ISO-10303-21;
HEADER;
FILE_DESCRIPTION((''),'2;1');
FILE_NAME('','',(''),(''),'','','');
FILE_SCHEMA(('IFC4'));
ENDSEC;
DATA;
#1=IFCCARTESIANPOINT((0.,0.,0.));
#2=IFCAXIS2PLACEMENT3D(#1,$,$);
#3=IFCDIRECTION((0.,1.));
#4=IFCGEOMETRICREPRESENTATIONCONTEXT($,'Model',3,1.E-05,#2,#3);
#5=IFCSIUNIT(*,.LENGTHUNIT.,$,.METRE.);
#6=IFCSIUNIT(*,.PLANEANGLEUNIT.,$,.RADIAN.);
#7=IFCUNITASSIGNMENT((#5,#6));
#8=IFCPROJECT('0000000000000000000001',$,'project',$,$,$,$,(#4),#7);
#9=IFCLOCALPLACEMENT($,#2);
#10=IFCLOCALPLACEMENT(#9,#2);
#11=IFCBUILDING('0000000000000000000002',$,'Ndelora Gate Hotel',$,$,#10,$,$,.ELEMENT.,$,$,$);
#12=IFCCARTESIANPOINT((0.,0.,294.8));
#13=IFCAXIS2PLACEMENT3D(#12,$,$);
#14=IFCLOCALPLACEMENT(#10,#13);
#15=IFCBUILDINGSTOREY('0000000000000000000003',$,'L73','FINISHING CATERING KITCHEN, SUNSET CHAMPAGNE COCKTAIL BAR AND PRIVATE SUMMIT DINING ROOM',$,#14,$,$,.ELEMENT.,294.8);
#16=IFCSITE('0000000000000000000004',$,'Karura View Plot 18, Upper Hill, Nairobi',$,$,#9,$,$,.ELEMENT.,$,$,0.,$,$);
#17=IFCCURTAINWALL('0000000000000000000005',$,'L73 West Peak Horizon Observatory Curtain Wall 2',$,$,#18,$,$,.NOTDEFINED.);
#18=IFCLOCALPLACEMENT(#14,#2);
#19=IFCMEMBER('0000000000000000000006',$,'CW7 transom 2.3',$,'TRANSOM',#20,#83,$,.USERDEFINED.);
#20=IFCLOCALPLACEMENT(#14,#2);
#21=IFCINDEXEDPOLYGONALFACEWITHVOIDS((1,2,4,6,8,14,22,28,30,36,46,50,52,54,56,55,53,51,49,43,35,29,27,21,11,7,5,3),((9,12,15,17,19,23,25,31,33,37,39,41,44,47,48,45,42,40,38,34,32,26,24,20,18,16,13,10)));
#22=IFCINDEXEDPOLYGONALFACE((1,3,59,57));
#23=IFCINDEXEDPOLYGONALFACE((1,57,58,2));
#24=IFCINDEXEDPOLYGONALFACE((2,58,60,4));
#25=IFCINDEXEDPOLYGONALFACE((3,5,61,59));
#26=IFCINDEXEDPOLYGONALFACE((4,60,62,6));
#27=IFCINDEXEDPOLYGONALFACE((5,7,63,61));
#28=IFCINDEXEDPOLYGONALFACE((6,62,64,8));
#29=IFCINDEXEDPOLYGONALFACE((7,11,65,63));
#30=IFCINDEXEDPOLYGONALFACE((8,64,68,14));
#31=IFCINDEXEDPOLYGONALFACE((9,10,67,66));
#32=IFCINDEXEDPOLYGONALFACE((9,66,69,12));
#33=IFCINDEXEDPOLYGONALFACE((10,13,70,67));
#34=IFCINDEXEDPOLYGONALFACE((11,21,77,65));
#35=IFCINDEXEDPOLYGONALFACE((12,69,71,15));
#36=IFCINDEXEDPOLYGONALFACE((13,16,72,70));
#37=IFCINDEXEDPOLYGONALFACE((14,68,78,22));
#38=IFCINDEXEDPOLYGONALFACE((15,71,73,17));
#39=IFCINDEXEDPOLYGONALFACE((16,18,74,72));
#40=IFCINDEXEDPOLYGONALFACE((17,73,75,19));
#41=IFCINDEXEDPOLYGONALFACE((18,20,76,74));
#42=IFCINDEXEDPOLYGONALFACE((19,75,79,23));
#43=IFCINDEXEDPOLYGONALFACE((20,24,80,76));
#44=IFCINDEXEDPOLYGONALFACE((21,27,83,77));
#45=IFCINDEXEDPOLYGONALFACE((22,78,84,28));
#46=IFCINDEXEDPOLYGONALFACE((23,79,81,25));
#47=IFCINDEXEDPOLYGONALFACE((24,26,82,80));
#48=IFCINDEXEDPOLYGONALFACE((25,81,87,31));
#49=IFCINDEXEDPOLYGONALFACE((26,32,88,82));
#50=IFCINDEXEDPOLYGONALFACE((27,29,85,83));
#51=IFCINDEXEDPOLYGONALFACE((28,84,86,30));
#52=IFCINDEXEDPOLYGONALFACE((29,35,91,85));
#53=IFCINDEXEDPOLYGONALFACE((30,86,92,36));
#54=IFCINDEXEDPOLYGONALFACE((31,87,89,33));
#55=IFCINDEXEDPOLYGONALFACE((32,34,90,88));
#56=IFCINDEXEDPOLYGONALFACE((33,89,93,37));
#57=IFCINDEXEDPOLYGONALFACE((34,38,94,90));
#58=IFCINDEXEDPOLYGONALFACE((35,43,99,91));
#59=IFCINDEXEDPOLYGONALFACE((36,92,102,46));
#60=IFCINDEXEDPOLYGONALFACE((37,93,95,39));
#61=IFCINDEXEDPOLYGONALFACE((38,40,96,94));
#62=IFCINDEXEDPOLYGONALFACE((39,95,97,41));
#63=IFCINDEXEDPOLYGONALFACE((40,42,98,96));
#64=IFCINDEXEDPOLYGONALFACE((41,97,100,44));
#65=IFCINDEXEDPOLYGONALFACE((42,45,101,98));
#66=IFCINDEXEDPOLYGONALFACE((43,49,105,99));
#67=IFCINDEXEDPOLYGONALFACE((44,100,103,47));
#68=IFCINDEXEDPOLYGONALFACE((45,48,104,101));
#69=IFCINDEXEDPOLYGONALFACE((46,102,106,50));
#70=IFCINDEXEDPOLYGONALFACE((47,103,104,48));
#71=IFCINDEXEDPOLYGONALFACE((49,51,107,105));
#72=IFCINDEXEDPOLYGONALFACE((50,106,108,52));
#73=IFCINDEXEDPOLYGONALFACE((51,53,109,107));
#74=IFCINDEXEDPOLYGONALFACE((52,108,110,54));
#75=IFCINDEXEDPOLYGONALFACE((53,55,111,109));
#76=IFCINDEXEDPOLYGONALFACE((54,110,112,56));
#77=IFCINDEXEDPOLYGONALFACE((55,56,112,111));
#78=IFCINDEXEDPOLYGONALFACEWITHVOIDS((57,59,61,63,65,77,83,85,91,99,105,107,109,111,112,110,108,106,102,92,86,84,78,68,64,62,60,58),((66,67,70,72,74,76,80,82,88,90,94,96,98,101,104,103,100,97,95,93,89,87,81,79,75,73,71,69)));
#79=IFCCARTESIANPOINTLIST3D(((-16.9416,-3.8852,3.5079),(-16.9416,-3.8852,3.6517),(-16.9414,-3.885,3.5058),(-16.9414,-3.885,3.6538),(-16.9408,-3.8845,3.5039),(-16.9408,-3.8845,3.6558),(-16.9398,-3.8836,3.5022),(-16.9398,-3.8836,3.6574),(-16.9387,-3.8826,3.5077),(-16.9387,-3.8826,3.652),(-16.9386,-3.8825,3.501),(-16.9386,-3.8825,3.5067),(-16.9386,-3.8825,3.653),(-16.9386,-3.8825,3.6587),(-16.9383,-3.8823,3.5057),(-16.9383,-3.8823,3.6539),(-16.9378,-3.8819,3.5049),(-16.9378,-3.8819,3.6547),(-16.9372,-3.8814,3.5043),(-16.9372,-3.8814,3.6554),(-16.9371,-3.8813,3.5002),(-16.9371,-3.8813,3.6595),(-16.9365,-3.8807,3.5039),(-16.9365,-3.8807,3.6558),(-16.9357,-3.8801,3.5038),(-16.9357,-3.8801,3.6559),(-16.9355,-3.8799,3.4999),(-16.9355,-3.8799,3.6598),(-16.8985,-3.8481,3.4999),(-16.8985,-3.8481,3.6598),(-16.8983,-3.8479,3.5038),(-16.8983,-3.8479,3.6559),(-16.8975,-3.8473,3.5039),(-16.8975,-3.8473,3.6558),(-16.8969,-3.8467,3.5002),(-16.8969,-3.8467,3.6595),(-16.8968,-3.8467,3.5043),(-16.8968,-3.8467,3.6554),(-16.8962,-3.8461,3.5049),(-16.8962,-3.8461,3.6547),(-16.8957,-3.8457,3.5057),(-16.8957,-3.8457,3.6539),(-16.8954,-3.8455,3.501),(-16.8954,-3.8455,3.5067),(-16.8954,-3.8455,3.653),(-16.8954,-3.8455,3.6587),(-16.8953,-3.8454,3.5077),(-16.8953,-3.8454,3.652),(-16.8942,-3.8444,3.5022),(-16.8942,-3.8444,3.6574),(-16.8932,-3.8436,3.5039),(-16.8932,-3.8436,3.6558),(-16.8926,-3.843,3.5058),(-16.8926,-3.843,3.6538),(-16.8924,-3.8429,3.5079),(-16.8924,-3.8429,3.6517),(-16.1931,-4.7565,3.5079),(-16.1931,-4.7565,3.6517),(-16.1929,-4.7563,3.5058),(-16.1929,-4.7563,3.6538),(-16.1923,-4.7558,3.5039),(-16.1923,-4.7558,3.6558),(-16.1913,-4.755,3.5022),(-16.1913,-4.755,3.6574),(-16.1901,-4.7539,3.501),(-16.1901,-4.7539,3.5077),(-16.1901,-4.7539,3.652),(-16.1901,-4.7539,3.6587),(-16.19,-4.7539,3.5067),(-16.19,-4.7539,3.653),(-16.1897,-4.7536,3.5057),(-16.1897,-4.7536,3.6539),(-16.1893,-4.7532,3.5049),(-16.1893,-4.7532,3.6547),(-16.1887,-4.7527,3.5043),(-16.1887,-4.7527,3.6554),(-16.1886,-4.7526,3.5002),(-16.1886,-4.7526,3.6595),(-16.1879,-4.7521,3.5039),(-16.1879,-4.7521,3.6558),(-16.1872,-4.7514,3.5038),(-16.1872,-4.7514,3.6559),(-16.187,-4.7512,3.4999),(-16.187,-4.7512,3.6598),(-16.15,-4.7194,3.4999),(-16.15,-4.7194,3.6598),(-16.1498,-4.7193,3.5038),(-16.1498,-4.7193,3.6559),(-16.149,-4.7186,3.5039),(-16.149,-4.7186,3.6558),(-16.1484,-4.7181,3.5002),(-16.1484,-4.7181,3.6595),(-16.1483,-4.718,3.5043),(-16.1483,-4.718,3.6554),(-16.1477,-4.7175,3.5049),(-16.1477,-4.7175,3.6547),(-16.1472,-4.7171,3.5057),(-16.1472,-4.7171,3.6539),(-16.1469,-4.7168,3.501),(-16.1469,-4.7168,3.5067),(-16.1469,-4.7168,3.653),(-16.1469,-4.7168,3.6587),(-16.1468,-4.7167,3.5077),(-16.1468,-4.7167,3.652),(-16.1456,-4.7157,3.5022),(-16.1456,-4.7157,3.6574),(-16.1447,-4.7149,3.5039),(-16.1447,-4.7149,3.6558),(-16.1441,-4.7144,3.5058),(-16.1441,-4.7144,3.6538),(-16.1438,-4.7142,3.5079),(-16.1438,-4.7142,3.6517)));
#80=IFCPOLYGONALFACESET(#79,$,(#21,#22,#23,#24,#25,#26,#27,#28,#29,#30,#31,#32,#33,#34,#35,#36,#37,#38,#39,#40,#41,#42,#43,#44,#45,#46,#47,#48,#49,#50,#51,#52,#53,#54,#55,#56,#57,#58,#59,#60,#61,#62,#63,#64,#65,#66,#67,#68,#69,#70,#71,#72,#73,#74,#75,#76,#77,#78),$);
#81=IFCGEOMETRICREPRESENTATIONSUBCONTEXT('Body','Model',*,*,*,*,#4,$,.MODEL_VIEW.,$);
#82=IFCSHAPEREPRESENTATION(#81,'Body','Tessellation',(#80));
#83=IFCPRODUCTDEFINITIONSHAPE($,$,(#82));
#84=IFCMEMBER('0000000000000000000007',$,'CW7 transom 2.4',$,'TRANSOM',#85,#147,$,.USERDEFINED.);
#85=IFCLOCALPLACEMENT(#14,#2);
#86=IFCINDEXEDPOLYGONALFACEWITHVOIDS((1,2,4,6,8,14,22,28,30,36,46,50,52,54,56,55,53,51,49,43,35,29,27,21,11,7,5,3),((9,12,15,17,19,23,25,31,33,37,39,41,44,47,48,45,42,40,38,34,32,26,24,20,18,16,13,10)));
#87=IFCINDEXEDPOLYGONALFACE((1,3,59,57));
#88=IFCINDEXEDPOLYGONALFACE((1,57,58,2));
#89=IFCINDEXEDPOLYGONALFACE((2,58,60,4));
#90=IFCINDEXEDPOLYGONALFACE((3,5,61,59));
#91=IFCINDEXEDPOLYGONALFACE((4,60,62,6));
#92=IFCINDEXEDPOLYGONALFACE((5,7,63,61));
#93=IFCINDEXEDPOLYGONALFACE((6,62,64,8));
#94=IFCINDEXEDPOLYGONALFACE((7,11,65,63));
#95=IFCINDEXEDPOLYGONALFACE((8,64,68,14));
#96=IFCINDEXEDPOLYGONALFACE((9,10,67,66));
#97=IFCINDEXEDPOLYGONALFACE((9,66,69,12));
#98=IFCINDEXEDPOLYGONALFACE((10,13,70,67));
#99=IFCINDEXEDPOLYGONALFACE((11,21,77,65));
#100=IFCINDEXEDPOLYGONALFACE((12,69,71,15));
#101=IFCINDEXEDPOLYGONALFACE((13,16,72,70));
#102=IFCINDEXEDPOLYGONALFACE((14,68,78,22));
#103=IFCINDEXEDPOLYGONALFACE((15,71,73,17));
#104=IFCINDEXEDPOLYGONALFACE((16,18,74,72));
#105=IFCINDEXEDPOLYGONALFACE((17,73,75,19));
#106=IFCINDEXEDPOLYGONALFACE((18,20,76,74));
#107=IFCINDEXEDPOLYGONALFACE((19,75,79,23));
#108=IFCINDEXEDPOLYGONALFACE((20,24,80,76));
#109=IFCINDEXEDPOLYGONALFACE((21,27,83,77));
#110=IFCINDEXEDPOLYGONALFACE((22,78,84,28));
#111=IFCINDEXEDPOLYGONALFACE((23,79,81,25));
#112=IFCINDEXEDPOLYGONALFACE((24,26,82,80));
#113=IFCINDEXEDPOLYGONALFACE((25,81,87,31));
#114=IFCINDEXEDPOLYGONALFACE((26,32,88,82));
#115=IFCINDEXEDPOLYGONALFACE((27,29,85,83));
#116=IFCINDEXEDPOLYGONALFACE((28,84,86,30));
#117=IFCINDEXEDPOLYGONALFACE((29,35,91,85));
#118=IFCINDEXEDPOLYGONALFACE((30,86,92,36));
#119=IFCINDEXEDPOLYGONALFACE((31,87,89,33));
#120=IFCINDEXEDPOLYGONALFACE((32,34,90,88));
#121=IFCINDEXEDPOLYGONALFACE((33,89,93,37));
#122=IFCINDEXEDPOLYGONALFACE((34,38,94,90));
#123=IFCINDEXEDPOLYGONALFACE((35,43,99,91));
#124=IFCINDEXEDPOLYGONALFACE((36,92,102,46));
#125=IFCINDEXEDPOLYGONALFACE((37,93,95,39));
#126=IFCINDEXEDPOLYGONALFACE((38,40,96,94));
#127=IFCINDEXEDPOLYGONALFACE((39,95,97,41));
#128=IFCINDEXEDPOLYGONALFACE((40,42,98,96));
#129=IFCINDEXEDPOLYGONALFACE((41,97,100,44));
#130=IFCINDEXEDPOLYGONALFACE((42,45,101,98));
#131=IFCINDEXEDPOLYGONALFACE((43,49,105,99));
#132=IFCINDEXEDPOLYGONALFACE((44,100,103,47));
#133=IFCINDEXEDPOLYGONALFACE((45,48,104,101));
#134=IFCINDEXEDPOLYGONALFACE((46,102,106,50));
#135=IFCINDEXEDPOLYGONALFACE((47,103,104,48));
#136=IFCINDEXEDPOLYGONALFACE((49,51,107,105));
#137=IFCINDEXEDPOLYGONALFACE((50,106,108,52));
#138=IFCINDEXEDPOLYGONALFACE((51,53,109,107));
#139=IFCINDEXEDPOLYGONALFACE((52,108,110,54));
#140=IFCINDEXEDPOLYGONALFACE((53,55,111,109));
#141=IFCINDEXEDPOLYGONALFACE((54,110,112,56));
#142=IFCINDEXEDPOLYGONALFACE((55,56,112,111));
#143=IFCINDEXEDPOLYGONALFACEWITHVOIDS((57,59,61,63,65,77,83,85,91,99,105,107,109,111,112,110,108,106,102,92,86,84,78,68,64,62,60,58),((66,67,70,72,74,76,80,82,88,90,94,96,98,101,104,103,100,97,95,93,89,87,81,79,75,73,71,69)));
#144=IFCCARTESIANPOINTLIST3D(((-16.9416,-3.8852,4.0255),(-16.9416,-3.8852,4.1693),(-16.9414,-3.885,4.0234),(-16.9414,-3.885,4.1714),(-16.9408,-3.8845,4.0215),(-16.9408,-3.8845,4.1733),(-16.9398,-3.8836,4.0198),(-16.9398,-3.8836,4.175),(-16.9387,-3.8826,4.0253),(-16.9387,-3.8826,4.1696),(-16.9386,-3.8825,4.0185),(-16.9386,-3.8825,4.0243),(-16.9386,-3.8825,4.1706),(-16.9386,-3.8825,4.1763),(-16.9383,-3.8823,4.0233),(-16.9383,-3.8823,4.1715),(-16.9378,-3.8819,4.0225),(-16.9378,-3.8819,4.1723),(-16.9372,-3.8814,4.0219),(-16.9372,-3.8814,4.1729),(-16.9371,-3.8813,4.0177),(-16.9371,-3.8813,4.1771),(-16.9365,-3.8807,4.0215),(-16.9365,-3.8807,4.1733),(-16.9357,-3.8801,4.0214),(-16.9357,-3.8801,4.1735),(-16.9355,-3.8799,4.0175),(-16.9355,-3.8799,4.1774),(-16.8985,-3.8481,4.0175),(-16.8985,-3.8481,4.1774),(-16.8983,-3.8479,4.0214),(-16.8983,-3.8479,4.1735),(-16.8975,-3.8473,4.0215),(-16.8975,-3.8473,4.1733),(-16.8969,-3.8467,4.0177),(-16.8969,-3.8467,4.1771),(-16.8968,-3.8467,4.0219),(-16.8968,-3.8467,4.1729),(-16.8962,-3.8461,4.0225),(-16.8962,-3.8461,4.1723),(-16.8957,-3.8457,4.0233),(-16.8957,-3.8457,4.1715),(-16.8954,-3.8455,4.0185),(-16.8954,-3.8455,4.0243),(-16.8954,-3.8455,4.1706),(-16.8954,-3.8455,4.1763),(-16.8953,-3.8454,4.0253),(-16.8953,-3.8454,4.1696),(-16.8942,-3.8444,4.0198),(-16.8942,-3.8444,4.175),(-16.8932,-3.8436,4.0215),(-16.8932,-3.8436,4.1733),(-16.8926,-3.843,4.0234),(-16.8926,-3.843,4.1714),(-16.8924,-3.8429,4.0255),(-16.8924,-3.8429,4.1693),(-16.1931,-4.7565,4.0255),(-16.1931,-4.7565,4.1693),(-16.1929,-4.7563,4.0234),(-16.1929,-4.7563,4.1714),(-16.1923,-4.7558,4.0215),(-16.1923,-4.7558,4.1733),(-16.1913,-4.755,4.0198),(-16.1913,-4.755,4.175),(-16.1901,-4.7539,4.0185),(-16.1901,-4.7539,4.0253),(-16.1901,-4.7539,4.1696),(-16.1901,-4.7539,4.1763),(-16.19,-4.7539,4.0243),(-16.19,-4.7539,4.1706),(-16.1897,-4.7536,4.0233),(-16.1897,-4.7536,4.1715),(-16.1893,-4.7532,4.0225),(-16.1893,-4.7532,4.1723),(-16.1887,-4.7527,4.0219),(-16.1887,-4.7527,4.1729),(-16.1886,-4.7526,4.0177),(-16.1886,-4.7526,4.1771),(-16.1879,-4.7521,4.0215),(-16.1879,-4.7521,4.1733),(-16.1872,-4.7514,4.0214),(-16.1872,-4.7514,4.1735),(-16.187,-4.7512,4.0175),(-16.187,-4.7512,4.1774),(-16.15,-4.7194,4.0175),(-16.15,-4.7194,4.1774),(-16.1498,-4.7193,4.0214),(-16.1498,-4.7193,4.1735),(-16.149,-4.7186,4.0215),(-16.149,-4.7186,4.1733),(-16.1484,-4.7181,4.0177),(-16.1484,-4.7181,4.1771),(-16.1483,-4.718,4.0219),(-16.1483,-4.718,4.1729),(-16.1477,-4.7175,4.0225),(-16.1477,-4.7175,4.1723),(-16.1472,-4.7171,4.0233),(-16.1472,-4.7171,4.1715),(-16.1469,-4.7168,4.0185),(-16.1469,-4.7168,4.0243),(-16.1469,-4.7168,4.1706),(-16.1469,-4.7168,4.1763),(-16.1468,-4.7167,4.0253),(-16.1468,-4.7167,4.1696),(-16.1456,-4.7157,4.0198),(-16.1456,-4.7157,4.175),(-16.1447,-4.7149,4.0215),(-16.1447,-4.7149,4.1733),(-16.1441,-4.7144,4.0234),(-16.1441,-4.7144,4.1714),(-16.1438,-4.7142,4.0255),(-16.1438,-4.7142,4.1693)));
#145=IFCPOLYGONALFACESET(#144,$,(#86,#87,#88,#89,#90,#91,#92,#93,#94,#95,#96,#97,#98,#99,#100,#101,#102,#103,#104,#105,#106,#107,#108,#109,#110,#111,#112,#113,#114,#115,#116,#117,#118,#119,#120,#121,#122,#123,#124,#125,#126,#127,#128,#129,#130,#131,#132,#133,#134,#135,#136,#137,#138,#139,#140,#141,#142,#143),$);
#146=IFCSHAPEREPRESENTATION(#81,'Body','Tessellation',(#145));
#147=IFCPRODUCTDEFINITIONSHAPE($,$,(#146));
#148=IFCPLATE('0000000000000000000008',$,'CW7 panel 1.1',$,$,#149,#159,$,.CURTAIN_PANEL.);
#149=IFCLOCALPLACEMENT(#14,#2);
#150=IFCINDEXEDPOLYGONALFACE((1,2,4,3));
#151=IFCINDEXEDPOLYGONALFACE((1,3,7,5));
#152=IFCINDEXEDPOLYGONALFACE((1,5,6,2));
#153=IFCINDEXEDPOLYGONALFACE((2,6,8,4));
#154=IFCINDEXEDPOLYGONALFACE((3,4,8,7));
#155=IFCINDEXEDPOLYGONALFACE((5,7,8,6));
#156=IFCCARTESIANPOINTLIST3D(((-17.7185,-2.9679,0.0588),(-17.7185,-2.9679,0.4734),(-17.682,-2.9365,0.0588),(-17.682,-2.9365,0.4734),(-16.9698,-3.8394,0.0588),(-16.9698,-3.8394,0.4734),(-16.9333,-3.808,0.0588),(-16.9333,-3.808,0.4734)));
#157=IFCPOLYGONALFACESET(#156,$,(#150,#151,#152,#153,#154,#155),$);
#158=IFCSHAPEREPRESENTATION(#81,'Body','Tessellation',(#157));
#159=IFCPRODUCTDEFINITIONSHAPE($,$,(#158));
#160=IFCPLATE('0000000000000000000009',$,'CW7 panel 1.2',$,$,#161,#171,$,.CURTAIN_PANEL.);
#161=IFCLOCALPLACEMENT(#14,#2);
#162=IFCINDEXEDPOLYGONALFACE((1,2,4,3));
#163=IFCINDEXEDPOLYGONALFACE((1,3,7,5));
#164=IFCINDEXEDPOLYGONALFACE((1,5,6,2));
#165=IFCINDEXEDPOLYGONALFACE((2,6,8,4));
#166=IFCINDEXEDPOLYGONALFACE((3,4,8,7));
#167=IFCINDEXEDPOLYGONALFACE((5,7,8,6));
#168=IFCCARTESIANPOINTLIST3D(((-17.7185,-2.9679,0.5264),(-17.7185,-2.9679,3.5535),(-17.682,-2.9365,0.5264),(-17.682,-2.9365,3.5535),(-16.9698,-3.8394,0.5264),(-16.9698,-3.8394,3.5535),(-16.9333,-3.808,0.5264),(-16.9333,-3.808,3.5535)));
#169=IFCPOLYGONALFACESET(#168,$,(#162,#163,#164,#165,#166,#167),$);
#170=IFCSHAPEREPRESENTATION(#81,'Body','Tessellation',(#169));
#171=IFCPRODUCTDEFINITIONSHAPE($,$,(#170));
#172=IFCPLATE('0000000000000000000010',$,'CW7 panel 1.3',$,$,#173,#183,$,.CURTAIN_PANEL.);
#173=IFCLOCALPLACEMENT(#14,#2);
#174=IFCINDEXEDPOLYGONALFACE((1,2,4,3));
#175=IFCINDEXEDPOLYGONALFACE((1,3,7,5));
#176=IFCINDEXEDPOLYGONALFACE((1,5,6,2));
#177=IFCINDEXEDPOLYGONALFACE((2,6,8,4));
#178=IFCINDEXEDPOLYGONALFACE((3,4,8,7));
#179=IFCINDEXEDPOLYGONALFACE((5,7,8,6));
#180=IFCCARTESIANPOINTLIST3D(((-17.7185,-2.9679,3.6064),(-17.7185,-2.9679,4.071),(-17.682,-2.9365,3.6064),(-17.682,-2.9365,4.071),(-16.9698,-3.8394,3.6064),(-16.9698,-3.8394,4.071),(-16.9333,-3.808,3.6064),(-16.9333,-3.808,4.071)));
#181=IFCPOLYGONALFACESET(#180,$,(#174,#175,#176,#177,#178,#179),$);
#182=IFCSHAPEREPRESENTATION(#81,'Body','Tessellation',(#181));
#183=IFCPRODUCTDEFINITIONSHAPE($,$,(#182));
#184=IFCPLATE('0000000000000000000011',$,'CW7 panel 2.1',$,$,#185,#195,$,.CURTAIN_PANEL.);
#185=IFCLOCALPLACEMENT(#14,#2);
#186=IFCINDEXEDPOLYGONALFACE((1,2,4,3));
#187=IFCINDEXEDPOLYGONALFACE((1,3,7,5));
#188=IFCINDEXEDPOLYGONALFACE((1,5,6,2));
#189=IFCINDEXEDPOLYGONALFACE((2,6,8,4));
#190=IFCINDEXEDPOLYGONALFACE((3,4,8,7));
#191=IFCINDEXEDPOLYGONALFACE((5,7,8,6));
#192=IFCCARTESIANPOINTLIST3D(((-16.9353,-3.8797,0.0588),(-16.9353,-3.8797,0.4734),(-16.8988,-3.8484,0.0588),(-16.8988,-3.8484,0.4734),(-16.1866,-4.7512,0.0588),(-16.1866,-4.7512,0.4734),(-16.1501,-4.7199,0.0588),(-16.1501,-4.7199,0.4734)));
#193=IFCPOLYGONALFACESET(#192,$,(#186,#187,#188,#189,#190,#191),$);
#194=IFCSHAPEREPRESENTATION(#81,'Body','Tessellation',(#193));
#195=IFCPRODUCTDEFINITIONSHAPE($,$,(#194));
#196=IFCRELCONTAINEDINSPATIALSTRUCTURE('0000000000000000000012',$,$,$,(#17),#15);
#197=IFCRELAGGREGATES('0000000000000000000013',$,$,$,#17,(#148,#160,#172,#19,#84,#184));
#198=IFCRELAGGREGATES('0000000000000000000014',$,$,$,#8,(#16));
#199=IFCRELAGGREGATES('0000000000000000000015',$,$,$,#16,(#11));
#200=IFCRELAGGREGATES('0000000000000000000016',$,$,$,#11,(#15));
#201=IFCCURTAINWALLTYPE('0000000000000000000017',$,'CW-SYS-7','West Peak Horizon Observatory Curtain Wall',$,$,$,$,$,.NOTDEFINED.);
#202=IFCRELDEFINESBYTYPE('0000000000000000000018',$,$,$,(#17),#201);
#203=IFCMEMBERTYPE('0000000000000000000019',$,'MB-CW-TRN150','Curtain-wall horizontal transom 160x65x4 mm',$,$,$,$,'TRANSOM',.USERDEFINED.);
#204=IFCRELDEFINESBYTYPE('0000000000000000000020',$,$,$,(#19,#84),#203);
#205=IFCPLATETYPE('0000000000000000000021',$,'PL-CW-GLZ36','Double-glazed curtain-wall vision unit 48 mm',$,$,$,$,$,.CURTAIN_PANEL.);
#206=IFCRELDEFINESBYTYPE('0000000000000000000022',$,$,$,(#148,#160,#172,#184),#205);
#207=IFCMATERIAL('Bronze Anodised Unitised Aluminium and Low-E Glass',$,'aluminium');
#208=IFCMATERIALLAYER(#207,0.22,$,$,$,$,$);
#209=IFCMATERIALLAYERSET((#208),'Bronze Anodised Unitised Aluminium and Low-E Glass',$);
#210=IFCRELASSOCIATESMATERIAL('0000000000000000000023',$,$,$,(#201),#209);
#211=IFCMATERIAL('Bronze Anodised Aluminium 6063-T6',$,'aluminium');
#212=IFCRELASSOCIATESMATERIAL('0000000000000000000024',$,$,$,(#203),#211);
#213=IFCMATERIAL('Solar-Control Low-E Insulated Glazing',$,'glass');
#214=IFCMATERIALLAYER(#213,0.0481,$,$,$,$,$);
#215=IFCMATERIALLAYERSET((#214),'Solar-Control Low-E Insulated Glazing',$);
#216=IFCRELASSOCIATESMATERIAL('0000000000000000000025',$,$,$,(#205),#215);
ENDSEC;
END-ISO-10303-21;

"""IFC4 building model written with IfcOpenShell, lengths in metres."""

from ifc_helpers import new_model, si_unit, direction, frame, origin, origin_2d, place, context, subcontext, project, spatial, rectangle, hollow_rectangle, extrude, material, layer, layer_set, material_profile, profile_set, type_object, element, aggregate, save


model = new_model("IFC4")

# Units and contexts
model_context = context("Model", 3, precision=1e-05, world=origin(), true_north=direction((0.0, 1.0)))
body_context = subcontext(model_context, "Body", "Model", "MODEL_VIEW")
ifc_project = project(units=[si_unit("LENGTHUNIT", "METRE"), si_unit("PLANEANGLEUNIT", "RADIAN")], contexts=[model_context])

# Site, building, storey
site_placement = place(None, origin())
site = spatial("IfcSite", under=ifc_project, at=site_placement, Name="Karura View Plot 18, Upper Hill, Nairobi", CompositionType="ELEMENT", RefElevation=0.0)
building_placement = place(site_placement, origin())
building = spatial("IfcBuilding", under=site, at=building_placement, Name="Ndelora Gate Hotel", CompositionType="ELEMENT")
storey_placement = place(building_placement, frame((0.0, 0.0, 294.8)))
storey = spatial("IfcBuildingStorey", under=building, at=storey_placement, Name="L73", Description="FINISHING CATERING KITCHEN, SUNSET CHAMPAGNE COCKTAIL BAR AND PRIVATE SUMMIT DINING ROOM", CompositionType="ELEMENT", Elevation=294.8)

# Curtain wall, members, plates
ifc_material_1 = material(Name="Bronze Anodised Unitised Aluminium and Low-E Glass", Category="aluminium")
ifc_layer_1 = layer(ifc_material_1, 0.22)
ifc_layer_set_1 = layer_set([ifc_layer_1], Name="Bronze Anodised Unitised Aluminium and Low-E Glass")
curtain_wall_type = type_object("IfcCurtainWallType", Name="CW-SYS-7", Description="West Peak Horizon Observatory Curtain Wall", PredefinedType="NOTDEFINED", material=ifc_layer_set_1)
curtain_wall_placement = place(storey_placement, origin())
curtain_wall = element("IfcCurtainWall", 1, at=curtain_wall_placement, inside=storey, type_object=curtain_wall_type, Name="L73 West Peak Horizon Observatory Curtain Wall 2", PredefinedType="NOTDEFINED")
ifc_material_2 = material(Name="Bronze Anodised Aluminium 6063-T6", Category="aluminium")
ifc_material_profile_1 = material_profile(ifc_material_2, hollow_rectangle(XDim=0.0649, YDim=0.1599, WallThickness=0.0039, InnerFilletRadius=0.0039, OuterFilletRadius=0.0081, at=origin_2d()), Name="ALU 160x65x4")
ifc_profile_set_1 = profile_set([ifc_material_profile_1], Name="Bronze Anodised Aluminium 6063-T6")
member_type_1 = type_object("IfcMemberType", Name="MB-CW-TRN150", Description="Curtain-wall horizontal transom 160x65x4 mm", ElementType="TRANSOM", PredefinedType="USERDEFINED", material=ifc_profile_set_1)
member_1_placement = place(storey_placement, frame((-16.917, -3.864, 3.5798), z_axis=(0.651631, -0.758536, 0.0), x_axis=(0.758536, 0.651631, 0.0)))
member_1 = element("IfcMember", 2, at=member_1_placement, type_object=member_type_1, Name="CW7 transom 2.3", ObjectType="TRANSOM", PredefinedType="USERDEFINED", context=body_context, shape_type="SweptSolid", body=[
    extrude(hollow_rectangle(XDim=0.0649, YDim=0.1599, WallThickness=0.0039, InnerFilletRadius=0.0039, OuterFilletRadius=0.0081, at=origin_2d()), origin(), (0.0, 0.0, 1.0), 1.1487),
])
member_2_placement = place(storey_placement, frame((-16.917, -3.864, 4.0974), z_axis=(0.651631, -0.758536, 0.0), x_axis=(0.758536, 0.651631, 0.0)))
member_2 = element("IfcMember", 3, at=member_2_placement, type_object=member_type_1, Name="CW7 transom 2.4", ObjectType="TRANSOM", PredefinedType="USERDEFINED", context=body_context, shape_type="SweptSolid", body=[
    extrude(hollow_rectangle(XDim=0.0649, YDim=0.1599, WallThickness=0.0039, InnerFilletRadius=0.0039, OuterFilletRadius=0.0081, at=origin_2d()), origin(), (0.0, 0.0, 1.0), 1.1487),
])
ifc_material_3 = material(Name="Solar-Control Low-E Insulated Glazing", Category="glass")
ifc_layer_2 = layer(ifc_material_3, 0.0481)
ifc_layer_set_2 = layer_set([ifc_layer_2], Name="Solar-Control Low-E Insulated Glazing")
plate_type = type_object("IfcPlateType", Name="PL-CW-GLZ36", Description="Double-glazed curtain-wall vision unit 48 mm", PredefinedType="CURTAIN_PANEL", material=ifc_layer_set_2)
plate_1_placement = place(storey_placement, frame((-17.3259, -3.3879, 0.0588), z_axis=(0.0, 0.0, 1.0), x_axis=(0.651638, -0.75853, 0.0)))
plate_1 = element("IfcPlate", 4, at=plate_1_placement, type_object=plate_type, Name="CW7 panel 1.1", PredefinedType="CURTAIN_PANEL", context=body_context, shape_type="SweptSolid", body=[
    extrude(rectangle(XDim=1.1489, YDim=0.0481, at=origin_2d()), origin(), (0.0, 0.0, 1.0), 0.4146),
])
plate_2_placement = place(storey_placement, frame((-17.3259, -3.3879, 0.5264), z_axis=(0.0, 0.0, 1.0), x_axis=(0.651638, -0.75853, 0.0)))
plate_2 = element("IfcPlate", 5, at=plate_2_placement, type_object=plate_type, Name="CW7 panel 1.2", PredefinedType="CURTAIN_PANEL", context=body_context, shape_type="SweptSolid", body=[
    extrude(rectangle(XDim=1.1489, YDim=0.0481, at=origin_2d()), origin(), (0.0, 0.0, 1.0), 3.0271),
])
plate_3_placement = place(storey_placement, frame((-17.3259, -3.3879, 3.6064), z_axis=(0.0, 0.0, 1.0), x_axis=(0.651638, -0.75853, 0.0)))
plate_3 = element("IfcPlate", 6, at=plate_3_placement, type_object=plate_type, Name="CW7 panel 1.3", PredefinedType="CURTAIN_PANEL", context=body_context, shape_type="SweptSolid", body=[
    extrude(rectangle(XDim=1.1489, YDim=0.0481, at=origin_2d()), origin(), (0.0, 0.0, 1.0), 0.4646),
])
plate_4_placement = place(storey_placement, frame((-16.5427, -4.2998, 0.0588), z_axis=(0.0, 0.0, 1.0), x_axis=(0.651638, -0.75853, 0.0)))
plate_4 = element("IfcPlate", 7, at=plate_4_placement, type_object=plate_type, Name="CW7 panel 2.1", PredefinedType="CURTAIN_PANEL", context=body_context, shape_type="SweptSolid", body=[
    extrude(rectangle(XDim=1.1489, YDim=0.0481, at=origin_2d()), origin(), (0.0, 0.0, 1.0), 0.4146),
])
aggregate(curtain_wall, [plate_1, plate_2, plate_3, member_1, member_2, plate_4])

save(model, "model.ifc")
